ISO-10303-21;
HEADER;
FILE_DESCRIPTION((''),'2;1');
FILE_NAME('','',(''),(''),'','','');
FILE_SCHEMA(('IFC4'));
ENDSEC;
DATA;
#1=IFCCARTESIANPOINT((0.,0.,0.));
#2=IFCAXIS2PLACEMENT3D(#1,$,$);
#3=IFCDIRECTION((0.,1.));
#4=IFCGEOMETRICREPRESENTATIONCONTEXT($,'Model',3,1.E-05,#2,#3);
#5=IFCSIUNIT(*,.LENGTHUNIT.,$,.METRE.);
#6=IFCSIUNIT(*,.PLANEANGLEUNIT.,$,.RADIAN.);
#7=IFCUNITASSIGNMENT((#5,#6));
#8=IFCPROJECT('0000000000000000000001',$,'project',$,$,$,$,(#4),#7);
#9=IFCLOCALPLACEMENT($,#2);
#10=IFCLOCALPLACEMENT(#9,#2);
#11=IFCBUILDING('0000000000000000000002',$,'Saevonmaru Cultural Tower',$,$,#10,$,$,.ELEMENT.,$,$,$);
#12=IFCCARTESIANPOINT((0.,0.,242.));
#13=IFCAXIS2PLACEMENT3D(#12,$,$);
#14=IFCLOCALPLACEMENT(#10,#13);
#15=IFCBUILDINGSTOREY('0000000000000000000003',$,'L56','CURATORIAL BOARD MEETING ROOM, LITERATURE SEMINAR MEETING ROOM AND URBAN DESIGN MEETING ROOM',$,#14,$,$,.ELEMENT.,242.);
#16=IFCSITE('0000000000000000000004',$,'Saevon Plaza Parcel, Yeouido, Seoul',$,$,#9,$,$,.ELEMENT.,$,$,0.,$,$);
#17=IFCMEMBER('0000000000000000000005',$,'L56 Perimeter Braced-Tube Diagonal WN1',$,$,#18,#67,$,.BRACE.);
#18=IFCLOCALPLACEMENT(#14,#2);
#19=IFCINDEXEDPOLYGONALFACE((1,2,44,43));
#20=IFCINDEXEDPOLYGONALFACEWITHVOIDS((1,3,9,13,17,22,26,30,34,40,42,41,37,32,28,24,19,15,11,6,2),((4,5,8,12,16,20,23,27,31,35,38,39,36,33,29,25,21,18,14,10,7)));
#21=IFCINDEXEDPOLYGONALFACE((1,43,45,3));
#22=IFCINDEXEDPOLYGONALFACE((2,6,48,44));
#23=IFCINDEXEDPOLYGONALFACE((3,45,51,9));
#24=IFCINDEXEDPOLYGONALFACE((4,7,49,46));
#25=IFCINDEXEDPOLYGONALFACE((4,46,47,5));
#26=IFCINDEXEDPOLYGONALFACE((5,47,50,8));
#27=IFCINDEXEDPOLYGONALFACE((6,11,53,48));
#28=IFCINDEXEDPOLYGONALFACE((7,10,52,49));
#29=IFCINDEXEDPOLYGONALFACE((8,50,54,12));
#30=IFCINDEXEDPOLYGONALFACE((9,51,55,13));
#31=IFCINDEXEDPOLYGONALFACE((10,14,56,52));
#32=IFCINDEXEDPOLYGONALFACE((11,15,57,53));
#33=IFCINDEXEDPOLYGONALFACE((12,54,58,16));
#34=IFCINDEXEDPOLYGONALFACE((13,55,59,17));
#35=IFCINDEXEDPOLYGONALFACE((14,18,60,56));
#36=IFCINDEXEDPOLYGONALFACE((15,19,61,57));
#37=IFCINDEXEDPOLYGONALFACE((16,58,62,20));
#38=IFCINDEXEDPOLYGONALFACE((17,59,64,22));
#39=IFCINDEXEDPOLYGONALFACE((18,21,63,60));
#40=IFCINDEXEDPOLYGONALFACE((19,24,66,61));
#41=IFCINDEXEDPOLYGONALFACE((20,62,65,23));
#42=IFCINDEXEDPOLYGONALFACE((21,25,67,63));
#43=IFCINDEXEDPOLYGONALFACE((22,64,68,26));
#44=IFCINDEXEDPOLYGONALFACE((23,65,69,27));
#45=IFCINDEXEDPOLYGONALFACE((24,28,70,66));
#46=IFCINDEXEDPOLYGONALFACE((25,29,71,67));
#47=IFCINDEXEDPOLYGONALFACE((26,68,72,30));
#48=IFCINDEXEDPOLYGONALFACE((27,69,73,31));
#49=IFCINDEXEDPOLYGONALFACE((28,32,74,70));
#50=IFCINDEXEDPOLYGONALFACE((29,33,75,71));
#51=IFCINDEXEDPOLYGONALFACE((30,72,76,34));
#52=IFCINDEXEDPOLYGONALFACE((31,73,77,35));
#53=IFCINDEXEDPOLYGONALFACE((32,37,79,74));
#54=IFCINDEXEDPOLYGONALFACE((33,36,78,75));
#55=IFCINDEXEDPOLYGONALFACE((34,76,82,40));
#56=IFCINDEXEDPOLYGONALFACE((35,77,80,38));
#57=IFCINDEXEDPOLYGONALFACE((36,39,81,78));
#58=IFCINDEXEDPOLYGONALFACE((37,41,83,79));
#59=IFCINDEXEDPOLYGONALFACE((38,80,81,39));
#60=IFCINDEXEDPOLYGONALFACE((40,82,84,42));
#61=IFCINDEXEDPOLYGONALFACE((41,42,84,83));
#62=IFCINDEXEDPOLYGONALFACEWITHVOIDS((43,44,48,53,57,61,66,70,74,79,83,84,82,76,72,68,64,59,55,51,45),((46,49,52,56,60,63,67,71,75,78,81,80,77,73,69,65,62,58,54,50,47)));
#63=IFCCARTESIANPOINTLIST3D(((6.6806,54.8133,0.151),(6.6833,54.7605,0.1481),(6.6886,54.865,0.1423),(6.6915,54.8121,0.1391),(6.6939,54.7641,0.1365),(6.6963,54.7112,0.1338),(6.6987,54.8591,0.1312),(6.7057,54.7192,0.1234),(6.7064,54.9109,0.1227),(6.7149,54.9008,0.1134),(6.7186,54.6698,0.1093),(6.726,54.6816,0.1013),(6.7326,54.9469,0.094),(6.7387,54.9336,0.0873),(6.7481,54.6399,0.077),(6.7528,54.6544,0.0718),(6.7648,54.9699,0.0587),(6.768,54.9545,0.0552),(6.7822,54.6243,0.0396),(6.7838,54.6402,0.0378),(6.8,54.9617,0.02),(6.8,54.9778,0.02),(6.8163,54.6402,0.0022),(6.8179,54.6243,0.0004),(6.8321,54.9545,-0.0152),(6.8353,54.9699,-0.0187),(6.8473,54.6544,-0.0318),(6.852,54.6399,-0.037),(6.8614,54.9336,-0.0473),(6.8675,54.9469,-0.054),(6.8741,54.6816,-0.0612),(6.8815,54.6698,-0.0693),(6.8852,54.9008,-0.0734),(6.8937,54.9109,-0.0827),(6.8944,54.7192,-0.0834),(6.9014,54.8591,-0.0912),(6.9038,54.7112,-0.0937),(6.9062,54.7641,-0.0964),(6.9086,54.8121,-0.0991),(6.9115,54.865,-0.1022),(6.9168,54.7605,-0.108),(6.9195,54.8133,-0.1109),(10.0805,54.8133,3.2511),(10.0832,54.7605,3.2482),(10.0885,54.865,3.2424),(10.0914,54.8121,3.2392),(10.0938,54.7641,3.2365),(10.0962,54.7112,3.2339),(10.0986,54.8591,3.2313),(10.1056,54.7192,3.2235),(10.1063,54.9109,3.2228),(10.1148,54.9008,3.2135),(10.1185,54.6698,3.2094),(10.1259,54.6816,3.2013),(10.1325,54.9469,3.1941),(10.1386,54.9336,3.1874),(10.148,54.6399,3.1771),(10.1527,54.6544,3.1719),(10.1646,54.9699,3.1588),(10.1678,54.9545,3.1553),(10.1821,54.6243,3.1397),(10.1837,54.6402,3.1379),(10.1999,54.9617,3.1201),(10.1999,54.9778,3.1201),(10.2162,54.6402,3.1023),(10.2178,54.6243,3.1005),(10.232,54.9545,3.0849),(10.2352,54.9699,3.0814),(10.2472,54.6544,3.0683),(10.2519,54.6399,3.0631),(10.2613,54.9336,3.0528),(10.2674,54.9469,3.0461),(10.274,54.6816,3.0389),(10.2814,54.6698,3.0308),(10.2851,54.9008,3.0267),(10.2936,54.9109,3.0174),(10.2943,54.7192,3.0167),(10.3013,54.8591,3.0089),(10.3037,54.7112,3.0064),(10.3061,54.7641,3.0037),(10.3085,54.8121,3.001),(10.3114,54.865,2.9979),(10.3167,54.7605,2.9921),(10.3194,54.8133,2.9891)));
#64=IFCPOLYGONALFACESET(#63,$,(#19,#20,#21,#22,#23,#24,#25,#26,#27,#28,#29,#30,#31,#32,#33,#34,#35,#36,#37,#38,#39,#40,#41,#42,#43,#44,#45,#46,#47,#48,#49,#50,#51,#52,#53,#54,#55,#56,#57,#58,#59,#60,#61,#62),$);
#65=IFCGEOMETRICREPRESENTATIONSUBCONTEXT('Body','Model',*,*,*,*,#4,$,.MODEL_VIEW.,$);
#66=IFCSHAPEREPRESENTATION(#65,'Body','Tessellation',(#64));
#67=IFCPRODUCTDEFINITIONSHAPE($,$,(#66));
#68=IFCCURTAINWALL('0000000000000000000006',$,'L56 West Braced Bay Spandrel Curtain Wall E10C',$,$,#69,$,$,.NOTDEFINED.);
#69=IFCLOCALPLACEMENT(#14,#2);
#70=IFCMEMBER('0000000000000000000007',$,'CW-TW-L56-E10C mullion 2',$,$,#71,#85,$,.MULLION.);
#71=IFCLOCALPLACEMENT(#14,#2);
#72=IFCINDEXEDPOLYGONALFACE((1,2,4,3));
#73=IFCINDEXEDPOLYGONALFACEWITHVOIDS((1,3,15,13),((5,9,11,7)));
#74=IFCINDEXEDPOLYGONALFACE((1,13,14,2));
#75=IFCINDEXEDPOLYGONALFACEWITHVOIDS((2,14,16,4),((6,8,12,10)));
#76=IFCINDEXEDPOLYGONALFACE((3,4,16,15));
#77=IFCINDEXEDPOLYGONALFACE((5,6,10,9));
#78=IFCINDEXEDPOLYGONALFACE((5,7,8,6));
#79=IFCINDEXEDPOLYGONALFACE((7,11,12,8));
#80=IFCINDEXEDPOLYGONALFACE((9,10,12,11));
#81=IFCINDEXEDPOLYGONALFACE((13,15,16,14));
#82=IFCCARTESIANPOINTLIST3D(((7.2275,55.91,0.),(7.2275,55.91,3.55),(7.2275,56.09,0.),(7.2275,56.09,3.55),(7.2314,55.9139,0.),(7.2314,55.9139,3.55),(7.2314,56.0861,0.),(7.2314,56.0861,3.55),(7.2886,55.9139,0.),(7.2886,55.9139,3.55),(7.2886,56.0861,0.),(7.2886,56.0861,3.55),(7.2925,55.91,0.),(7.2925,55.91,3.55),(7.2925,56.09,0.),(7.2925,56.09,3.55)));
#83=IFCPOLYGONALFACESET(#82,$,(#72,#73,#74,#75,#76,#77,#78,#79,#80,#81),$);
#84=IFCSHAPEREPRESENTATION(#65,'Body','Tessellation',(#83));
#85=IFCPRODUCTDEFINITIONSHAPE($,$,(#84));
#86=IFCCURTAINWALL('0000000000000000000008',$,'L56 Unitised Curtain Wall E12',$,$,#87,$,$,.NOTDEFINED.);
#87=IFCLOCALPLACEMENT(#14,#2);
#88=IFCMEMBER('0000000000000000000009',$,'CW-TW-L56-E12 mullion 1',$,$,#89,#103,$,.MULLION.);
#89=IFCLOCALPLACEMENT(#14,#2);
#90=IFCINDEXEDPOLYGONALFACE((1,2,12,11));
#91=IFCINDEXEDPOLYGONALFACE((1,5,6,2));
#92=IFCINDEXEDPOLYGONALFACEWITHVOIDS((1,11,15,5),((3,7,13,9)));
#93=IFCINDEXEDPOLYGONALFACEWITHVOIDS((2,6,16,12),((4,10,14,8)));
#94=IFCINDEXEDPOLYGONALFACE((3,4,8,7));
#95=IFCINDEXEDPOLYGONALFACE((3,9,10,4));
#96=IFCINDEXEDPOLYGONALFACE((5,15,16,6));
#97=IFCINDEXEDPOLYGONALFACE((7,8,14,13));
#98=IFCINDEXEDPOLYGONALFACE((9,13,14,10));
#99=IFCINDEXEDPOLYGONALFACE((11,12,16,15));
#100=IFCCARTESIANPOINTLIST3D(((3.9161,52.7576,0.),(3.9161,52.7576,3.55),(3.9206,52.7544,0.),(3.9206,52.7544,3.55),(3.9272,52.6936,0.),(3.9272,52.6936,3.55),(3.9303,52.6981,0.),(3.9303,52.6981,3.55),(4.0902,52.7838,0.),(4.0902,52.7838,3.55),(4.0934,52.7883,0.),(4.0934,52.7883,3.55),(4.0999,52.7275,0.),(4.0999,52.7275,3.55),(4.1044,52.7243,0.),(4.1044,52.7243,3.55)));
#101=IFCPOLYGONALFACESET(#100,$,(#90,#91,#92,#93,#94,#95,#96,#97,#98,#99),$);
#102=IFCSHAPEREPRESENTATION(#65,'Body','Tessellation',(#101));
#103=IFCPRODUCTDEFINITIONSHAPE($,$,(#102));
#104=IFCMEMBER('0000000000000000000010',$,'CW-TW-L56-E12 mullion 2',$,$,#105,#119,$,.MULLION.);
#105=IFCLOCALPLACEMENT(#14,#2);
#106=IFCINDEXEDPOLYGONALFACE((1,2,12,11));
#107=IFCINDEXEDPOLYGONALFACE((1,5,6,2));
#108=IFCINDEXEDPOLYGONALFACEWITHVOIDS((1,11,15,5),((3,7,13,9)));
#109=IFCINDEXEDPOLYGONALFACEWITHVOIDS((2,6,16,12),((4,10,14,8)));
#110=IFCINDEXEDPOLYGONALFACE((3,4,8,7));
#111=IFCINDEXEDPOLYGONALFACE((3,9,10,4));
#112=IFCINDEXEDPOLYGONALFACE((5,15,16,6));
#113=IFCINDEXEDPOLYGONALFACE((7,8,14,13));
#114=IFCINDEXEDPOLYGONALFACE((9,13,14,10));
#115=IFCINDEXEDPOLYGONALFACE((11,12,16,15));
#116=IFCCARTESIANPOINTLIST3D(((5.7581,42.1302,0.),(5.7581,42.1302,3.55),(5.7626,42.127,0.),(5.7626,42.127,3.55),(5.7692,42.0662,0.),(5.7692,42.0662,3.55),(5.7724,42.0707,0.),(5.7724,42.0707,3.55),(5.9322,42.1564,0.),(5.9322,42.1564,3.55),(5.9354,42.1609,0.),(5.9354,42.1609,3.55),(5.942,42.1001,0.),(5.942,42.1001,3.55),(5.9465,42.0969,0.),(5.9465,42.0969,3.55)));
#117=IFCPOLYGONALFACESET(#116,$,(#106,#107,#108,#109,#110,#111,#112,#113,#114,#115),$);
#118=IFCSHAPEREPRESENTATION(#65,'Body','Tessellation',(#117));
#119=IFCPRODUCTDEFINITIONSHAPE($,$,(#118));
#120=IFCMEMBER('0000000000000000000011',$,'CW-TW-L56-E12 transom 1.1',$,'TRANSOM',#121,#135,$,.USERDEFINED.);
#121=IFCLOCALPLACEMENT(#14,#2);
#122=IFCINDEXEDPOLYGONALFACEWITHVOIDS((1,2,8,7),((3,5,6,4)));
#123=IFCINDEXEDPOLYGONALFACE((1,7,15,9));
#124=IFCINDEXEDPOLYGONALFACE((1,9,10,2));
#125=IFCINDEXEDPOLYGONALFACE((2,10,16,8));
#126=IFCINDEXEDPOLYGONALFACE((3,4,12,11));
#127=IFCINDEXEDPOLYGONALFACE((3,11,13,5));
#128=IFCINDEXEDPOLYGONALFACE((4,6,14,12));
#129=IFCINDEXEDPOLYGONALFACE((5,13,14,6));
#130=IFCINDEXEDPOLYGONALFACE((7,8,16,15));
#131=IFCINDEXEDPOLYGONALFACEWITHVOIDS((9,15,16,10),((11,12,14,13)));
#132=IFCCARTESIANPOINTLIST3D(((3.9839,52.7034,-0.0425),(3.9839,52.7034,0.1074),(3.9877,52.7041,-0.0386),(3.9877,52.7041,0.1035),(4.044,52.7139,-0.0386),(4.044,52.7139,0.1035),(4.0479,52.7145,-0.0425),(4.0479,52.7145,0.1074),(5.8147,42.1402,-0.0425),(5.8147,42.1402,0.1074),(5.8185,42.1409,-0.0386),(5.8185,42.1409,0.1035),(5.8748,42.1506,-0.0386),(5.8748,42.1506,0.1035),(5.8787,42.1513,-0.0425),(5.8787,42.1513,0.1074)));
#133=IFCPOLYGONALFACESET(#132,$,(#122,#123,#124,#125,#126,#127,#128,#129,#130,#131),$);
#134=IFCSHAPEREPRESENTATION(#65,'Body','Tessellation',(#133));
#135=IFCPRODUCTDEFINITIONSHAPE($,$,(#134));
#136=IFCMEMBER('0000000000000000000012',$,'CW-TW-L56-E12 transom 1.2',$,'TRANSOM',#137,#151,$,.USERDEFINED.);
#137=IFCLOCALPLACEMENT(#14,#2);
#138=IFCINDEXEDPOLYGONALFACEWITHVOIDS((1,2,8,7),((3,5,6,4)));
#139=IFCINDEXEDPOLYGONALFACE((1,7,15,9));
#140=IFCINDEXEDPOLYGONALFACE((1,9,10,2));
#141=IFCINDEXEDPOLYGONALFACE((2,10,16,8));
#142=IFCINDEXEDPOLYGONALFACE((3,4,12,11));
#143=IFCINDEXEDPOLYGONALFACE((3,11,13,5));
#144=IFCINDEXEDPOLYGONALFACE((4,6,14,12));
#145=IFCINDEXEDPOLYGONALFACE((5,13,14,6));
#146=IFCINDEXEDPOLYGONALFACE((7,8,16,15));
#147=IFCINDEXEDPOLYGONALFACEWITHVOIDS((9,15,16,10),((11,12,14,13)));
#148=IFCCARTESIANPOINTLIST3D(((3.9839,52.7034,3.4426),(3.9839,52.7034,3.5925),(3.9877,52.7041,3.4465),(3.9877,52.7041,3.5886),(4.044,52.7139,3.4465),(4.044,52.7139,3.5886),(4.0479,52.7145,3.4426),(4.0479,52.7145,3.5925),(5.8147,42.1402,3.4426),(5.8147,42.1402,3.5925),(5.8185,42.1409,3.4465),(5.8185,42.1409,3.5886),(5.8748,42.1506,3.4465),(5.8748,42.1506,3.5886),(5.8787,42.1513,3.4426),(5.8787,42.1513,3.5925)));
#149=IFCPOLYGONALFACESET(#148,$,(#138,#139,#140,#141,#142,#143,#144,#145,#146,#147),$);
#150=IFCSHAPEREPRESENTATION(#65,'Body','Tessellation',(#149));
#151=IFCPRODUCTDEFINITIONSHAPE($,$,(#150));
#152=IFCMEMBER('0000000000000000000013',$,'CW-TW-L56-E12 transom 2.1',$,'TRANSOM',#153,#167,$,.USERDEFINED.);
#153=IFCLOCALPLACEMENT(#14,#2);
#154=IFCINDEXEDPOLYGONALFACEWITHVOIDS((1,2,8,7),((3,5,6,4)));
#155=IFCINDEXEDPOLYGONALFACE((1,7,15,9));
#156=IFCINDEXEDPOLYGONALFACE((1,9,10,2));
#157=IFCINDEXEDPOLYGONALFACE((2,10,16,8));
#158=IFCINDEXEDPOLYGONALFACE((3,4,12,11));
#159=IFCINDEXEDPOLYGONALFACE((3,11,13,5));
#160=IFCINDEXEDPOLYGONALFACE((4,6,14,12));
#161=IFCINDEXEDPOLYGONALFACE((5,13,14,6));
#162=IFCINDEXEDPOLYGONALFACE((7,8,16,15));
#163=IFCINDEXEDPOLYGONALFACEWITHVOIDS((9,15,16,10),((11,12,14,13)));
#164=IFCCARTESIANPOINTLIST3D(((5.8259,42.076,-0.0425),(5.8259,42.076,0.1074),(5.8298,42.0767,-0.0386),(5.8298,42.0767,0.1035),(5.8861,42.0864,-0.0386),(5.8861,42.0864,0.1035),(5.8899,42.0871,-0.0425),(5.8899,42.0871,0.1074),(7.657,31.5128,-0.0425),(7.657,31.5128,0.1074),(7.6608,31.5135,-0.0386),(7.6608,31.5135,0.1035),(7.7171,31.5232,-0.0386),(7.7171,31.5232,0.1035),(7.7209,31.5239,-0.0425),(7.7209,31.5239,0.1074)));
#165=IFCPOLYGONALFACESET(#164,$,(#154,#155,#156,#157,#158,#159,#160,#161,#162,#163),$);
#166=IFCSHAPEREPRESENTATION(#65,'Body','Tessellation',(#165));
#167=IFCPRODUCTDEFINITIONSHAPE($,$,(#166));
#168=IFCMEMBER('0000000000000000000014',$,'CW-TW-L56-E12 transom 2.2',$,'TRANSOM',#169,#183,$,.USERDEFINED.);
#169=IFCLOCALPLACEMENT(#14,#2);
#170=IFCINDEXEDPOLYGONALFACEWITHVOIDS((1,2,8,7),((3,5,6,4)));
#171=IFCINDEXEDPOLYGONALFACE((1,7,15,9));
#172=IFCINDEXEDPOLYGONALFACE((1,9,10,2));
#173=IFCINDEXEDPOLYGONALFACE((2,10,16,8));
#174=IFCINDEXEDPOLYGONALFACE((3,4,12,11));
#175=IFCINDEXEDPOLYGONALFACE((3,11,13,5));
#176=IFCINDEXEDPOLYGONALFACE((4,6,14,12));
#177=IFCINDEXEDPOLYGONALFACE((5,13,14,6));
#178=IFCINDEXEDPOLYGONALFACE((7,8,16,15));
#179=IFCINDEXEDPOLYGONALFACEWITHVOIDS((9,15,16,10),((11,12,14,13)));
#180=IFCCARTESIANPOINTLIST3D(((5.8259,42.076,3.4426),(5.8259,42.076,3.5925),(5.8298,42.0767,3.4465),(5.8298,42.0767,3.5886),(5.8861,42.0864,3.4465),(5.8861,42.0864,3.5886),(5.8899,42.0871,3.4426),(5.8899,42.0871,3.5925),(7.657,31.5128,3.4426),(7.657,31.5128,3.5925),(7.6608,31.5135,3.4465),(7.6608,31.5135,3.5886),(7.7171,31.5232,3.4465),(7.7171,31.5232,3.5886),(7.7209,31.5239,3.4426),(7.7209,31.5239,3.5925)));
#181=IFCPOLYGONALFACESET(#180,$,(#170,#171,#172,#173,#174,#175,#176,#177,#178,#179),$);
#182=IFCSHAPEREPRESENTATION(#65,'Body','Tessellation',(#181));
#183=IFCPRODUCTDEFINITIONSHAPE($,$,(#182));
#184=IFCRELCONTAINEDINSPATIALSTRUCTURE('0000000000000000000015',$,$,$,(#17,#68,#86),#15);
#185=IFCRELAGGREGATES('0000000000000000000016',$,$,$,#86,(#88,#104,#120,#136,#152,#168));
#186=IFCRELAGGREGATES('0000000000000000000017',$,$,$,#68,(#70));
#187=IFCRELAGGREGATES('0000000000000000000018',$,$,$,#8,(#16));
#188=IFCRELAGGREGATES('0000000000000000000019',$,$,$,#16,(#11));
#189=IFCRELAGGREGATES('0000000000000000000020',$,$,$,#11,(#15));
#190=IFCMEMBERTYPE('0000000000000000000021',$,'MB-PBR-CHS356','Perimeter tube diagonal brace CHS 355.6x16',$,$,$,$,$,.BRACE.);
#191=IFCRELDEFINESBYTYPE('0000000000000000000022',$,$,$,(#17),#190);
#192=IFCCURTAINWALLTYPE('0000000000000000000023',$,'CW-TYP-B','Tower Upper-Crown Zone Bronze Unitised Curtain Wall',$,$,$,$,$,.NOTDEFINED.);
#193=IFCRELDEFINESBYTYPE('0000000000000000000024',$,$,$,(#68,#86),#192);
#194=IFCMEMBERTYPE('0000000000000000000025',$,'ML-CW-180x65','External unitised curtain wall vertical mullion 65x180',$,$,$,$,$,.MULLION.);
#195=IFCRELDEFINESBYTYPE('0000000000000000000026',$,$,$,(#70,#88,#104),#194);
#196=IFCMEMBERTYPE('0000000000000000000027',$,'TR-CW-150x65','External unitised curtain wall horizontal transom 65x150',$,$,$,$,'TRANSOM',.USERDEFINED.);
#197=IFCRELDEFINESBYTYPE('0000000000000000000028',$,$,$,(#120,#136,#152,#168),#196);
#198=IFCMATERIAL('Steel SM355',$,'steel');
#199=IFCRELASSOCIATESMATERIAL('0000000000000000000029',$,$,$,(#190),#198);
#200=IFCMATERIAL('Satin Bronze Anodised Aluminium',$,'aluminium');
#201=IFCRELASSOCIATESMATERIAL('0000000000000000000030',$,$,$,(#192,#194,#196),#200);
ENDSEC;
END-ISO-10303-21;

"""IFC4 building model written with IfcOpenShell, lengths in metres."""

from ifc_helpers import new_model, si_unit, direction, frame, origin, origin_2d, place, context, subcontext, project, spatial, hollow_rectangle, hollow_circle, extrude, material, material_profile, profile_set, type_object, element, aggregate, save


model = new_model("IFC4")

# Units and contexts
model_context = context("Model", 3, precision=1e-05, world=origin(), true_north=direction((0.0, 1.0)))
body_context = subcontext(model_context, "Body", "Model", "MODEL_VIEW")
ifc_project = project(units=[si_unit("LENGTHUNIT", "METRE"), si_unit("PLANEANGLEUNIT", "RADIAN")], contexts=[model_context])

# Site, building, storey
site_placement = place(None, origin())
site = spatial("IfcSite", under=ifc_project, at=site_placement, Name="Saevon Plaza Parcel, Yeouido, Seoul", CompositionType="ELEMENT", RefElevation=0.0)
building_placement = place(site_placement, origin())
building = spatial("IfcBuilding", under=site, at=building_placement, Name="Saevonmaru Cultural Tower", CompositionType="ELEMENT")
storey_placement = place(building_placement, frame((0.0, 0.0, 242.0)))
storey = spatial("IfcBuildingStorey", under=building, at=storey_placement, Name="L56", Description="CURATORIAL BOARD MEETING ROOM, LITERATURE SEMINAR MEETING ROOM AND URBAN DESIGN MEETING ROOM", CompositionType="ELEMENT", Elevation=242.0)

# Shared definitions
ifc_material_1 = material(Name="Steel SM355", Category="steel")

# Member
ifc_material_profile_1 = material_profile(ifc_material_1, hollow_circle(Radius=0.1777, WallThickness=0.0161, at=origin_2d()), Name="CHS-355.6x16")
ifc_profile_set_1 = profile_set([ifc_material_profile_1], Name="Steel SM355")
member_type_1 = type_object("IfcMemberType", Name="MB-PBR-CHS356", Description="Perimeter tube diagonal brace CHS 355.6x16", PredefinedType="BRACE", material=ifc_profile_set_1)
member_1_placement = place(storey_placement, frame((6.8, 54.8, 0.02), z_axis=(0.738936, 0.0, 0.673776), x_axis=(0.0, 1.0, 0.0)))
element("IfcMember", 1, at=member_1_placement, inside=storey, type_object=member_type_1, Name="L56 Perimeter Braced-Tube Diagonal WN1", PredefinedType="BRACE", context=body_context, shape_type="SweptSolid", body=[
    extrude(hollow_circle(Radius=0.1777, WallThickness=0.0161, at=origin_2d()), origin(), (0.0, 0.0, 1.0), 4.6011),
])

# Curtain wall, member
ifc_material_2 = material(Name="Satin Bronze Anodised Aluminium", Category="aluminium")
curtain_wall_type = type_object("IfcCurtainWallType", Name="CW-TYP-B", Description="Tower Upper-Crown Zone Bronze Unitised Curtain Wall", PredefinedType="NOTDEFINED", material=ifc_material_2)
curtain_wall_1_placement = place(storey_placement, origin())
curtain_wall_1 = element("IfcCurtainWall", 2, at=curtain_wall_1_placement, inside=storey, type_object=curtain_wall_type, Name="L56 West Braced Bay Spandrel Curtain Wall E10C", PredefinedType="NOTDEFINED")
ifc_material_profile_2 = material_profile(ifc_material_2, hollow_rectangle(XDim=0.0649, YDim=0.1799, WallThickness=0.0039, at=origin_2d()), Name="ALU-MULL-180x65x4")
ifc_profile_set_2 = profile_set([ifc_material_profile_2], Name="Satin Bronze Anodised Aluminium")
member_type_2 = type_object("IfcMemberType", Name="ML-CW-180x65", Description="External unitised curtain wall vertical mullion 65x180", PredefinedType="MULLION", material=ifc_profile_set_2)
member_2_placement = place(storey_placement, frame((7.26, 56.0, 0.0), z_axis=(0.0, 0.0, 1.0), x_axis=(-1.0, 0.0, 0.0)))
member_2 = element("IfcMember", 3, at=member_2_placement, type_object=member_type_2, Name="CW-TW-L56-E10C mullion 2", PredefinedType="MULLION", context=body_context, shape_type="SweptSolid", body=[
    extrude(hollow_rectangle(XDim=0.0649, YDim=0.1799, WallThickness=0.0039, at=origin_2d()), origin(), (0.0, 0.0, 1.0), 3.55),
])

# Curtain wall, members
curtain_wall_2_placement = place(storey_placement, origin())
curtain_wall_2 = element("IfcCurtainWall", 4, at=curtain_wall_2_placement, inside=storey, type_object=curtain_wall_type, Name="L56 Unitised Curtain Wall E12", PredefinedType="NOTDEFINED")
member_3_placement = place(storey_placement, frame((4.0103, 52.741, 0.0), z_axis=(0.0, 0.0, 1.0), x_axis=(0.17079, -0.985307, 0.0)))
member_3 = element("IfcMember", 5, at=member_3_placement, type_object=member_type_2, Name="CW-TW-L56-E12 mullion 1", PredefinedType="MULLION", context=body_context, shape_type="SweptSolid", body=[
    extrude(hollow_rectangle(XDim=0.0649, YDim=0.1799, WallThickness=0.0039, at=origin_2d()), origin(), (0.0, 0.0, 1.0), 3.55),
])
member_4_placement = place(storey_placement, frame((5.8523, 42.1135, 0.0), z_axis=(0.0, 0.0, 1.0), x_axis=(0.17079, -0.985307, 0.0)))
member_4 = element("IfcMember", 6, at=member_4_placement, type_object=member_type_2, Name="CW-TW-L56-E12 mullion 2", PredefinedType="MULLION", context=body_context, shape_type="SweptSolid", body=[
    extrude(hollow_rectangle(XDim=0.0649, YDim=0.1799, WallThickness=0.0039, at=origin_2d()), origin(), (0.0, 0.0, 1.0), 3.55),
])
ifc_material_profile_3 = material_profile(ifc_material_2, hollow_rectangle(XDim=0.0649, YDim=0.1499, WallThickness=0.0039, at=origin_2d()), Name="ALU-TRAN-150x65x4")
ifc_profile_set_3 = profile_set([ifc_material_profile_3], Name="Satin Bronze Anodised Aluminium")
member_type_3 = type_object("IfcMemberType", Name="TR-CW-150x65", Description="External unitised curtain wall horizontal transom 65x150", ElementType="TRANSOM", PredefinedType="USERDEFINED", material=ifc_profile_set_3)
member_5_placement = place(storey_placement, frame((4.0159, 52.709, 0.0325), z_axis=(0.170773, -0.98531, 0.0), x_axis=(0.98531, 0.170773, 0.0)))
member_5 = element("IfcMember", 7, at=member_5_placement, type_object=member_type_3, Name="CW-TW-L56-E12 transom 1.1", ObjectType="TRANSOM", PredefinedType="USERDEFINED", context=body_context, shape_type="SweptSolid", body=[
    extrude(hollow_rectangle(XDim=0.0649, YDim=0.1499, WallThickness=0.0039, at=origin_2d()), origin(), (0.0, 0.0, 1.0), 10.7207),
])
member_6_placement = place(storey_placement, frame((4.0159, 52.709, 3.5176), z_axis=(0.170773, -0.98531, 0.0), x_axis=(0.98531, 0.170773, 0.0)))
member_6 = element("IfcMember", 8, at=member_6_placement, type_object=member_type_3, Name="CW-TW-L56-E12 transom 1.2", ObjectType="TRANSOM", PredefinedType="USERDEFINED", context=body_context, shape_type="SweptSolid", body=[
    extrude(hollow_rectangle(XDim=0.0649, YDim=0.1499, WallThickness=0.0039, at=origin_2d()), origin(), (0.0, 0.0, 1.0), 10.7207),
])
member_7_placement = place(storey_placement, frame((5.8579, 42.0815, 0.0325), z_axis=(0.170795, -0.985307, 0.0), x_axis=(0.985307, 0.170795, 0.0)))
member_7 = element("IfcMember", 9, at=member_7_placement, type_object=member_type_3, Name="CW-TW-L56-E12 transom 2.1", ObjectType="TRANSOM", PredefinedType="USERDEFINED", context=body_context, shape_type="SweptSolid", body=[
    extrude(hollow_rectangle(XDim=0.0649, YDim=0.1499, WallThickness=0.0039, at=origin_2d()), origin(), (0.0, 0.0, 1.0), 10.7207),
])
member_8_placement = place(storey_placement, frame((5.8579, 42.0815, 3.5176), z_axis=(0.170795, -0.985307, 0.0), x_axis=(0.985307, 0.170795, 0.0)))
member_8 = element("IfcMember", 10, at=member_8_placement, type_object=member_type_3, Name="CW-TW-L56-E12 transom 2.2", ObjectType="TRANSOM", PredefinedType="USERDEFINED", context=body_context, shape_type="SweptSolid", body=[
    extrude(hollow_rectangle(XDim=0.0649, YDim=0.1499, WallThickness=0.0039, at=origin_2d()), origin(), (0.0, 0.0, 1.0), 10.7207),
])

aggregate(curtain_wall_2, [member_3, member_4, member_5, member_6, member_7, member_8])
aggregate(curtain_wall_1, [member_2])

save(model, "model.ifc")
